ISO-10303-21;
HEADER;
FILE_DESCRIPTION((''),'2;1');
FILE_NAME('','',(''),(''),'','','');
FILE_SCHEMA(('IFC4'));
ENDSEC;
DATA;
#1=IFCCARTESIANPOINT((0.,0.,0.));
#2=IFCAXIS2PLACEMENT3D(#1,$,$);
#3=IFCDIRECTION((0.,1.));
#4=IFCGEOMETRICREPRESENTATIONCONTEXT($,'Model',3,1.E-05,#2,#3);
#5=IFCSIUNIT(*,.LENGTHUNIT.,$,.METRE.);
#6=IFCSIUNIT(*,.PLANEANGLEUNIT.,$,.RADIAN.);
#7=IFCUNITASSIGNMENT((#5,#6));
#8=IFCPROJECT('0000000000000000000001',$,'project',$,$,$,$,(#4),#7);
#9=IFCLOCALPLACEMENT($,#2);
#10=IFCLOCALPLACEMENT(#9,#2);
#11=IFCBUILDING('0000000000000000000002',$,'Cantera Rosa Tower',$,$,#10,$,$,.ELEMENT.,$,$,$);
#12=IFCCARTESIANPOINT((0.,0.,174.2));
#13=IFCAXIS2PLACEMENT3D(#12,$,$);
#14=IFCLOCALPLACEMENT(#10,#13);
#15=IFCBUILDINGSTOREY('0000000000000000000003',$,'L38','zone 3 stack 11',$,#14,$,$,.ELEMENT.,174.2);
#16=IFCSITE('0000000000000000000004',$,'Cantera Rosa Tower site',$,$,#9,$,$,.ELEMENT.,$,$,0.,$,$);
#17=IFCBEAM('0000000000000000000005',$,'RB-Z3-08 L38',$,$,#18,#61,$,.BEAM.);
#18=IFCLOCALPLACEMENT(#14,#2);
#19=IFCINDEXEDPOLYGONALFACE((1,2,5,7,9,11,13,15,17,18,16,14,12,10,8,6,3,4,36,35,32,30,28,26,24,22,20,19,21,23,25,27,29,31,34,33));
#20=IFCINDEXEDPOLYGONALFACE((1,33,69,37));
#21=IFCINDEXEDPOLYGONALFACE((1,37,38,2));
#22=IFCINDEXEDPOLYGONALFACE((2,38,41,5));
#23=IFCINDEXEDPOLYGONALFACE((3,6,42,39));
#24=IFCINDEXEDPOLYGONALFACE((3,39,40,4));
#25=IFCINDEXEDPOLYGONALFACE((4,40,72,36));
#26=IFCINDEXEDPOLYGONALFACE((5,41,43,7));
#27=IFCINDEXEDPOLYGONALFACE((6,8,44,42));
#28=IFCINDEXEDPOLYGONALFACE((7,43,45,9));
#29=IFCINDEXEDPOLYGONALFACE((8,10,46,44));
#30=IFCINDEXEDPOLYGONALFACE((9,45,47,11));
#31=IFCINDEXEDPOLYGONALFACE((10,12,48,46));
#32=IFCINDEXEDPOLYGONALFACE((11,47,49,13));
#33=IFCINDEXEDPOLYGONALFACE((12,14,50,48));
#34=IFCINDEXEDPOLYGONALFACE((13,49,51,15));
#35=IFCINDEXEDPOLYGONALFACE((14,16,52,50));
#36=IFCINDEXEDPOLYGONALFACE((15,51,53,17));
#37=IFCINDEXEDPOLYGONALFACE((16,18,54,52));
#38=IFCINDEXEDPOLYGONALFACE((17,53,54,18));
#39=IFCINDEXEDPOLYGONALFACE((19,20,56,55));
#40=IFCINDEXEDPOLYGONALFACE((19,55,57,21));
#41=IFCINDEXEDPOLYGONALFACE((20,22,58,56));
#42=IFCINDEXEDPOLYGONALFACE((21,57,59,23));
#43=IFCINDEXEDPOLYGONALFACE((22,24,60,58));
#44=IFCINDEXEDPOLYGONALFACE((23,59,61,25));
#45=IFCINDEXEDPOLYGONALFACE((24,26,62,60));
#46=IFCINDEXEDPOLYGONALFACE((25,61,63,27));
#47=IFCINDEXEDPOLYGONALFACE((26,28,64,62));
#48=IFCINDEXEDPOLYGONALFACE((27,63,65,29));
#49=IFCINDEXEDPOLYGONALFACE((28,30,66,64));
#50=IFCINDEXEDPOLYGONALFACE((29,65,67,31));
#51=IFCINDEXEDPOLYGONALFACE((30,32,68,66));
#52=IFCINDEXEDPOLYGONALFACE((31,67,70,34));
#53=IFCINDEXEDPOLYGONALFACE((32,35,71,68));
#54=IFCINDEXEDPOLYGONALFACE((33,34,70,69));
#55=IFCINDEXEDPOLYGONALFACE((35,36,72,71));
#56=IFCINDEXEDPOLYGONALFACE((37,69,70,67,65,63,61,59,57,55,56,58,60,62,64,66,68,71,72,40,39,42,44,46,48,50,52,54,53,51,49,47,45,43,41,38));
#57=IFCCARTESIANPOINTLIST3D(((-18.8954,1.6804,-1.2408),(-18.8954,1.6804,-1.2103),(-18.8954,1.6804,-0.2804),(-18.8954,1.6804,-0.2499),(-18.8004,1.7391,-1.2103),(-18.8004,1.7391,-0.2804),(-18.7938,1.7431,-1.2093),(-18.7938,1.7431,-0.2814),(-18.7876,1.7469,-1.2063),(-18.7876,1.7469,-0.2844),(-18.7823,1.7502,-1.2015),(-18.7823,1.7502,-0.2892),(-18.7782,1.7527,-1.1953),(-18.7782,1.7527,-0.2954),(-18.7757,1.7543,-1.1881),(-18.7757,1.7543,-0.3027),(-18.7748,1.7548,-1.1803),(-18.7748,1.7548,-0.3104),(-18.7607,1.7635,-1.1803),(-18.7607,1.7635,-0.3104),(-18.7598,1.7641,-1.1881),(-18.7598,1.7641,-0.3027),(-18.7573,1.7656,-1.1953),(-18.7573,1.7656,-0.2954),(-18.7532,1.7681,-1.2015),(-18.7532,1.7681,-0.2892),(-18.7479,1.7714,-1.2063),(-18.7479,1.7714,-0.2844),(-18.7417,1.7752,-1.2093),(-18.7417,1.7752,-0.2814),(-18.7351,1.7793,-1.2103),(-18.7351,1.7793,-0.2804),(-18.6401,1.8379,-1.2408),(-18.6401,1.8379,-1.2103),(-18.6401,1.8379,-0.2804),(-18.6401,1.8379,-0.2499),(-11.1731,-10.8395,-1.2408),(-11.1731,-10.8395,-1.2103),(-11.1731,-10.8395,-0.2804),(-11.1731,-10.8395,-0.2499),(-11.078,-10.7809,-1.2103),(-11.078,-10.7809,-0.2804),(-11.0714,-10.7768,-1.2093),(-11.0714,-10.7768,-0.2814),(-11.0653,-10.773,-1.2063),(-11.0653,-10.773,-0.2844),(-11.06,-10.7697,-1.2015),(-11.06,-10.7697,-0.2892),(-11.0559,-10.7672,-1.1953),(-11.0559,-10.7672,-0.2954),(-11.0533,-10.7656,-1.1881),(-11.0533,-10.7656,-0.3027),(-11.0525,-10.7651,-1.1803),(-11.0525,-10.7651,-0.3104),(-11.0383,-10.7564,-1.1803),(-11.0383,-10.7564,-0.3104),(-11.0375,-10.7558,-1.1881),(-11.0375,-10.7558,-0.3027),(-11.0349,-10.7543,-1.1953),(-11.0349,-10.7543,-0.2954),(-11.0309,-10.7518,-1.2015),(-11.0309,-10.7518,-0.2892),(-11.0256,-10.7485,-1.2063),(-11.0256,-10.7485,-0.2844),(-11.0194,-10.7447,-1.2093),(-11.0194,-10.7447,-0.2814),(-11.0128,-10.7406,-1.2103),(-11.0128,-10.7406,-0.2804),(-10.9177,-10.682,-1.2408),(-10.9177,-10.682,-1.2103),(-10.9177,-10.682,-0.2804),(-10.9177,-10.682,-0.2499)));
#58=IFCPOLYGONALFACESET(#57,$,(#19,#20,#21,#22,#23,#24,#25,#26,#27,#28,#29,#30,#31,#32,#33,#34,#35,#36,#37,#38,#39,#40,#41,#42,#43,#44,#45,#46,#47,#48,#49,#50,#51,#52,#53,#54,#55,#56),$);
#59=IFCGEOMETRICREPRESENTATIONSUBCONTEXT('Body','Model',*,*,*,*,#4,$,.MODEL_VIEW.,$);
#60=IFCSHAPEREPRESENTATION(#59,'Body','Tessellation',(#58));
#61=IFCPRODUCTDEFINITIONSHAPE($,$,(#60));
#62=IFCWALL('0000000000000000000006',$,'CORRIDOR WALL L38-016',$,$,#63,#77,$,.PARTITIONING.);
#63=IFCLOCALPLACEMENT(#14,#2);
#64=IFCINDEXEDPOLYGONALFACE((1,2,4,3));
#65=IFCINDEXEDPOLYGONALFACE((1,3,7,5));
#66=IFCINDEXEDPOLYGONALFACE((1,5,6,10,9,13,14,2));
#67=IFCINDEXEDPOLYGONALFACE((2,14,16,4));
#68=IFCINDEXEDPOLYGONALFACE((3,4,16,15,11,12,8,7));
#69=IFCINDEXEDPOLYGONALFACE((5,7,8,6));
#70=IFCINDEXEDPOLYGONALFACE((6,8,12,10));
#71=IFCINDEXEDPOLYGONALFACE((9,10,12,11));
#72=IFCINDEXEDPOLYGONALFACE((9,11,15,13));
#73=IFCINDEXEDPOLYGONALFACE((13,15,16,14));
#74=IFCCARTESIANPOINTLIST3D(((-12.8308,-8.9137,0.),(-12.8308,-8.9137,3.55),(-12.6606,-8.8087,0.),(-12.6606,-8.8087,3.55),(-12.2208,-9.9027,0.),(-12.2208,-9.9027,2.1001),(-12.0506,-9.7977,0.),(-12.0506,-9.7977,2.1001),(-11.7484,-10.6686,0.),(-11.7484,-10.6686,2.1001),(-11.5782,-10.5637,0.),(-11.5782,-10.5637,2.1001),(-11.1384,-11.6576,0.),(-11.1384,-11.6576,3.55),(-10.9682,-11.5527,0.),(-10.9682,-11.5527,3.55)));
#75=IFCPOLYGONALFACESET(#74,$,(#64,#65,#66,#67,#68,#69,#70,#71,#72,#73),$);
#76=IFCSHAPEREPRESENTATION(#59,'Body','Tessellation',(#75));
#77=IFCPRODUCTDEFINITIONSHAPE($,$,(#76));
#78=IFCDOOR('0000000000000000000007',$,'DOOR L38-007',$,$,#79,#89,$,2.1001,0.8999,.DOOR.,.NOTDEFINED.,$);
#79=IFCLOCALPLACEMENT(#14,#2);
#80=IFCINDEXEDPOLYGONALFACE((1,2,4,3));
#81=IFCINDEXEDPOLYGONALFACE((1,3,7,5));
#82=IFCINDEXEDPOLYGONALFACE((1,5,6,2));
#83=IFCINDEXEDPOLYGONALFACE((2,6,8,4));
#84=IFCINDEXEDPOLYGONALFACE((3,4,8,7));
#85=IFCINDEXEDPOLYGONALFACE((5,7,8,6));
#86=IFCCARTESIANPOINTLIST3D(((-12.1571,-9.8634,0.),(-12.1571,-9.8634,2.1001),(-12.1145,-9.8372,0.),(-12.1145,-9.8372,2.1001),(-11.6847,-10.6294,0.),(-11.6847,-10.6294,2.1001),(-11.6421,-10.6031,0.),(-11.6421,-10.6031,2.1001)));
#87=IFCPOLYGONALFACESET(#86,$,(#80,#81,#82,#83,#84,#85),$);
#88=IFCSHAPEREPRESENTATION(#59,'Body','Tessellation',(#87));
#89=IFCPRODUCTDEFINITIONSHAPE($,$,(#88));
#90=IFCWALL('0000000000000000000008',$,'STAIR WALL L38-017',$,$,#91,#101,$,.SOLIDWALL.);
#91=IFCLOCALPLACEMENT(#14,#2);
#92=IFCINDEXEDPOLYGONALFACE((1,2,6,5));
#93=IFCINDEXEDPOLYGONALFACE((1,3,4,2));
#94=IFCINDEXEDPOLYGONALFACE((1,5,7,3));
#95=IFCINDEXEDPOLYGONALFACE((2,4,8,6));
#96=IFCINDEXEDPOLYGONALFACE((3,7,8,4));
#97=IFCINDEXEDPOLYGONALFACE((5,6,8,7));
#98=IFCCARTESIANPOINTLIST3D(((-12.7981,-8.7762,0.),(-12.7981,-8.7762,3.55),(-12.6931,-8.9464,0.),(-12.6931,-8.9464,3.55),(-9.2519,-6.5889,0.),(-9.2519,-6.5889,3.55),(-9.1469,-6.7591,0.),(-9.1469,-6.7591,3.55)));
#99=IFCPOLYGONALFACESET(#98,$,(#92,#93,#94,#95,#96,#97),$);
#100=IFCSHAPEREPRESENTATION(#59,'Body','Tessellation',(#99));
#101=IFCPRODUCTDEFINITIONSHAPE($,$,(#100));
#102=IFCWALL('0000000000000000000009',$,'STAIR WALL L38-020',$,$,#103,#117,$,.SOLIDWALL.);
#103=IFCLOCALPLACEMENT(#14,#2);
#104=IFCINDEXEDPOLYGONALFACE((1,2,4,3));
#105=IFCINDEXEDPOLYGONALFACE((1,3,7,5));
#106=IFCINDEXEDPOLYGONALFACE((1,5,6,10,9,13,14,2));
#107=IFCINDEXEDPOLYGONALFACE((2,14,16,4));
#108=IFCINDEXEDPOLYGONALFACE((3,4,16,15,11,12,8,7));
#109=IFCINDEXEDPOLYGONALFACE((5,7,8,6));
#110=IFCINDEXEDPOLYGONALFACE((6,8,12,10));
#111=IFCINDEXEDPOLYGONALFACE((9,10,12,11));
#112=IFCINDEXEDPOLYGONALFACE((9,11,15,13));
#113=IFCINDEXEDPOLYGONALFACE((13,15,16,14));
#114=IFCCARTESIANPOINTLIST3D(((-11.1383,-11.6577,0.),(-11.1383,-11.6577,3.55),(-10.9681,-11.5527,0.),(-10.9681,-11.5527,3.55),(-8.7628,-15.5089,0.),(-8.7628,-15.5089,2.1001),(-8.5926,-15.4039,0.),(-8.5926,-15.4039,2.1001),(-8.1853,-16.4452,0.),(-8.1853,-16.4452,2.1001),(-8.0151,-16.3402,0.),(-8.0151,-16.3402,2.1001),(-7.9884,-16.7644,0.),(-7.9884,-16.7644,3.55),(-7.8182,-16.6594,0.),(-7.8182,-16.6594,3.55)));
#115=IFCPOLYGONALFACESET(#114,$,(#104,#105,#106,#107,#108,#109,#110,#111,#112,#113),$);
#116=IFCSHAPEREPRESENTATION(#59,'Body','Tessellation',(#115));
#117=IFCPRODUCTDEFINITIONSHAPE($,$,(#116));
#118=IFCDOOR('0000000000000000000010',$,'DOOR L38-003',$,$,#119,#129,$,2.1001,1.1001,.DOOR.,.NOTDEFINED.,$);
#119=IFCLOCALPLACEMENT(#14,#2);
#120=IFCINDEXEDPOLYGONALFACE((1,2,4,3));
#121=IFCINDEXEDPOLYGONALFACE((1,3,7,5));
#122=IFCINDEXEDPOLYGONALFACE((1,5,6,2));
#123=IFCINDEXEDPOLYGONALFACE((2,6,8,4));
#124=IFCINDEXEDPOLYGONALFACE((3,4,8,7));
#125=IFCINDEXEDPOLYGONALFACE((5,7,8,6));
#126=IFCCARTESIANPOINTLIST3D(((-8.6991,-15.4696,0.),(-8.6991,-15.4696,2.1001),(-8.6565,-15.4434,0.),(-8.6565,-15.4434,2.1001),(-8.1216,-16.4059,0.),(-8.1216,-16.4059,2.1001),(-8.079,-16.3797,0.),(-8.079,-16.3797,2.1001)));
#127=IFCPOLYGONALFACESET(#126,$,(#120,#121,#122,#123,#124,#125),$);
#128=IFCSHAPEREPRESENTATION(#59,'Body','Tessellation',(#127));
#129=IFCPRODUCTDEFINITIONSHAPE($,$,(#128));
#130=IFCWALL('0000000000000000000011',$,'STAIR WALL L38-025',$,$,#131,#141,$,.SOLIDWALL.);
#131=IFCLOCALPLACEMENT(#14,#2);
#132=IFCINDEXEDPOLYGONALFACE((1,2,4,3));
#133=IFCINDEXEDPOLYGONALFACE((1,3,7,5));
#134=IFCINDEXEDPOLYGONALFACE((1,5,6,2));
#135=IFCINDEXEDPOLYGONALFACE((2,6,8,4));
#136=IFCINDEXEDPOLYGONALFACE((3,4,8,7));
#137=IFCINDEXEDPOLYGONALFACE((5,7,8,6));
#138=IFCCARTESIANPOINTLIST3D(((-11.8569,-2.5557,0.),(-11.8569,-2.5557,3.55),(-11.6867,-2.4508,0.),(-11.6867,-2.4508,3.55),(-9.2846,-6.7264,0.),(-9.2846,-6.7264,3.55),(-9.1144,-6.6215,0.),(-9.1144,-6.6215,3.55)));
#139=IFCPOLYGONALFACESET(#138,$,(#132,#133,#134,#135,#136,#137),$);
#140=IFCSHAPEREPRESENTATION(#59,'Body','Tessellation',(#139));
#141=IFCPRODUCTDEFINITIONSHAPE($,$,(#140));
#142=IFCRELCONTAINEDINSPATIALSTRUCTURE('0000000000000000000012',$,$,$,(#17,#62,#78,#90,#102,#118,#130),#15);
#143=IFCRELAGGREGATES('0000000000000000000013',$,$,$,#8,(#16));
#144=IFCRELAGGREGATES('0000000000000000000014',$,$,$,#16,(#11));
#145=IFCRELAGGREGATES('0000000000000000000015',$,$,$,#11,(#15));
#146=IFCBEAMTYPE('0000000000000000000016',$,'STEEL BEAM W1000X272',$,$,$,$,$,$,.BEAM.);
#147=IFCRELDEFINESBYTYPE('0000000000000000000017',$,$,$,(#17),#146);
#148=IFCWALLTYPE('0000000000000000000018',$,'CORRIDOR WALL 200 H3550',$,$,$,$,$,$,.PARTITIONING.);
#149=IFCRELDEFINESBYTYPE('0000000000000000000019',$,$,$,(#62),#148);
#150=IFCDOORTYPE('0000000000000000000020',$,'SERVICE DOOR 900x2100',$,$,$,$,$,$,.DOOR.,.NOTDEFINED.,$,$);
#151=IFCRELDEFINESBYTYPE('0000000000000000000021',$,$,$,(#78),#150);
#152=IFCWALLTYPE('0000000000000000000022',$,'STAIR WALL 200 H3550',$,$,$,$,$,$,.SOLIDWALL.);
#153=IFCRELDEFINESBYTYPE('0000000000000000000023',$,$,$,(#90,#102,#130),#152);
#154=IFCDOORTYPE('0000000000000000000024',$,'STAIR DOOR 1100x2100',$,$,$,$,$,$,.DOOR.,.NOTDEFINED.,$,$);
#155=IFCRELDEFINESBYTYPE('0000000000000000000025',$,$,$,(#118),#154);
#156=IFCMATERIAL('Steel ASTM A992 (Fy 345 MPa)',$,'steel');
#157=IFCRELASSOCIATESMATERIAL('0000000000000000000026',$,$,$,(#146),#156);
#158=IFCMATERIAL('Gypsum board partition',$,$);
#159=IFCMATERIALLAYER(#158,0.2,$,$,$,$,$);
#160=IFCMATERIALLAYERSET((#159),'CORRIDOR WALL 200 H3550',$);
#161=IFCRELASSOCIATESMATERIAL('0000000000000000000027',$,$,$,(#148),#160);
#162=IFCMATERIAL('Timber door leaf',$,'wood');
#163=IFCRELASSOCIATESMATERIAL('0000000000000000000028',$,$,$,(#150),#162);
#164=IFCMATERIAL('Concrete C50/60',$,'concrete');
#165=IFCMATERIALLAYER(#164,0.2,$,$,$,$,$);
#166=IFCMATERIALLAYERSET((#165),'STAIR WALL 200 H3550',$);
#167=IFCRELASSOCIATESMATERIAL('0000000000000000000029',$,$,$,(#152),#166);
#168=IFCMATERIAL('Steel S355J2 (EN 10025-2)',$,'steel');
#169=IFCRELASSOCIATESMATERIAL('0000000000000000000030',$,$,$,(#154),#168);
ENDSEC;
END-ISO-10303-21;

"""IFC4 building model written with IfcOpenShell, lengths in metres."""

from ifc_helpers import new_model, si_unit, direction, frame, frame_2d, origin, origin_2d, place, context, subcontext, project, spatial, rectangle, i_section, extrude, material, layer, layer_set, material_profile, profile_set, type_object, element, fill, save


model = new_model("IFC4")

# Units and contexts
model_context = context("Model", 3, precision=1e-05, world=origin(), true_north=direction((0.0, 1.0)))
body_context = subcontext(model_context, "Body", "Model", "MODEL_VIEW")
ifc_project = project(units=[si_unit("LENGTHUNIT", "METRE"), si_unit("PLANEANGLEUNIT", "RADIAN")], contexts=[model_context])

# Site, building, storey
site_placement = place(None, origin())
site = spatial("IfcSite", under=ifc_project, at=site_placement, Name="Cantera Rosa Tower site", CompositionType="ELEMENT", RefElevation=0.0)
building_placement = place(site_placement, origin())
building = spatial("IfcBuilding", under=site, at=building_placement, Name="Cantera Rosa Tower", CompositionType="ELEMENT")
storey_placement = place(building_placement, frame((0.0, 0.0, 174.2)))
storey = spatial("IfcBuildingStorey", under=building, at=storey_placement, Name="L38", Description="zone 3 stack 11", CompositionType="ELEMENT", Elevation=174.2)

# Beam
ifc_material_1 = material(Name="Steel ASTM A992 (Fy 345 MPa)", Category="steel")
ifc_material_profile = material_profile(ifc_material_1, i_section(OverallWidth=0.3, OverallDepth=0.991, WebThickness=0.0166, FlangeThickness=0.0305, FilletRadius=0.03, at=origin_2d()), Name="W1000X272")
ifc_profile_set = profile_set([ifc_material_profile], Name="Steel ASTM A992 (Fy 345 MPa)")
beam_type = type_object("IfcBeamType", Name="STEEL BEAM W1000X272", PredefinedType="BEAM", material=ifc_profile_set)
beam_placement = place(storey_placement, frame((-11.0454, -10.7607, -0.7454), z_axis=(-0.524974, 0.851118, 0.0), x_axis=(-0.851118, -0.524974, 0.0)))
element("IfcBeam", 1, at=beam_placement, inside=storey, type_object=beam_type, Name="RB-Z3-08 L38", PredefinedType="BEAM", context=body_context, shape_type="SweptSolid", body=[
    extrude(i_section(OverallWidth=0.3, OverallDepth=0.991, WebThickness=0.0166, FlangeThickness=0.0305, FilletRadius=0.03, at=origin_2d()), origin(), (0.0, 0.0, 1.0), 14.71),
])

# Wall, opening, door
ifc_material_2 = material(Name="Gypsum board partition")
ifc_layer_1 = layer(ifc_material_2, 0.2)
ifc_layer_set_1 = layer_set([ifc_layer_1], Name="CORRIDOR WALL 200 H3550")
wall_type_1 = type_object("IfcWallType", Name="CORRIDOR WALL 200 H3550", PredefinedType="PARTITIONING", material=ifc_layer_set_1)
wall_1_placement = place(storey_placement, frame((-12.7456, -8.8613, 0.0), z_axis=(0.0, 0.0, 1.0), x_axis=(0.524959, -0.851127, 0.0)))
wall_1 = element("IfcWall", 2, at=wall_1_placement, inside=storey, type_object=wall_type_1, Name="CORRIDOR WALL L38-016", PredefinedType="PARTITIONING", context=body_context, shape_type="SweptSolid", body=[
    extrude(rectangle(XDim=3.2239, YDim=0.2, at=frame_2d((1.6118, 0.0))), origin(), (0.0, 0.0, 1.0), 3.55),
])
opening_1_placement = place(wall_1_placement, frame((1.1619, 0.0, 0.0)))
opening_1 = element("IfcOpeningElement", 3, at=opening_1_placement, cuts=wall_1, PredefinedType="OPENING", context=body_context, shape_type="SweptSolid", body=[
    extrude(rectangle(XDim=0.8999, YDim=2.1001, at=frame_2d((0.45, 1.05))), frame((0.0, 0.1099, 0.0), z_axis=(0.0, -1.0, 0.0), x_axis=(1.0, 0.0, 0.0)), (0.0, 0.0, 1.0), 0.22),
])
ifc_material_3 = material(Name="Timber door leaf", Category="wood")
door_type_1 = type_object("IfcDoorType", Name="SERVICE DOOR 900x2100", OperationType="NOTDEFINED", PredefinedType="DOOR", material=ifc_material_3)
door_1_placement = place(opening_1_placement, origin())
door_1 = element("IfcDoor", 4, at=door_1_placement, inside=storey, type_object=door_type_1, Name="DOOR L38-007", OperationType="NOTDEFINED", OverallHeight=2.1001, OverallWidth=0.8999, PredefinedType="DOOR", context=body_context, shape_type="SweptSolid", body=[
    extrude(rectangle(XDim=0.8999, YDim=2.1001, at=frame_2d((0.45, 1.05))), frame((0.0, 0.0249, 0.0), z_axis=(0.0, -1.0, 0.0), x_axis=(1.0, 0.0, 0.0)), (0.0, 0.0, 1.0), 0.05),
])
fill(opening_1, door_1)

# Wall
ifc_material_4 = material(Name="Concrete C50/60", Category="concrete")
ifc_layer_2 = layer(ifc_material_4, 0.2)
ifc_layer_set_2 = layer_set([ifc_layer_2], Name="STAIR WALL 200 H3550")
wall_type_2 = type_object("IfcWallType", Name="STAIR WALL 200 H3550", PredefinedType="SOLIDWALL", material=ifc_layer_set_2)
wall_2_placement = place(storey_placement, frame((-12.7456, -8.8613, 0.0), z_axis=(0.0, 0.0, 1.0), x_axis=(0.851121, 0.52497, 0.0)))
element("IfcWall", 5, at=wall_2_placement, inside=storey, type_object=wall_type_2, Name="STAIR WALL L38-017", PredefinedType="SOLIDWALL", context=body_context, shape_type="SweptSolid", body=[
    extrude(rectangle(XDim=4.1665, YDim=0.2, at=frame_2d((2.0833, 0.0))), origin(), (0.0, 0.0, 1.0), 3.55),
])

# Wall, opening, door
wall_3_placement = place(storey_placement, frame((-11.0532, -11.6052, 0.0), z_axis=(0.0, 0.0, 1.0), x_axis=(0.524983, -0.851113, 0.0)))
wall_3 = element("IfcWall", 6, at=wall_3_placement, inside=storey, type_object=wall_type_2, Name="STAIR WALL L38-020", PredefinedType="SOLIDWALL", context=body_context, shape_type="SweptSolid", body=[
    extrude(rectangle(XDim=6.0, YDim=0.2, at=frame_2d((3.0, 0.0))), origin(), (0.0, 0.0, 1.0), 3.55),
])
opening_2_placement = place(wall_3_placement, frame((4.5249, 0.0, 0.0)))
opening_2 = element("IfcOpeningElement", 7, at=opening_2_placement, cuts=wall_3, PredefinedType="OPENING", context=body_context, shape_type="SweptSolid", body=[
    extrude(rectangle(XDim=1.1001, YDim=2.1001, at=frame_2d((0.55, 1.05))), frame((0.0, 0.1099, 0.0), z_axis=(0.0, -1.0, 0.0), x_axis=(1.0, 0.0, 0.0)), (0.0, 0.0, 1.0), 0.22),
])
ifc_material_5 = material(Name="Steel S355J2 (EN 10025-2)", Category="steel")
door_type_2 = type_object("IfcDoorType", Name="STAIR DOOR 1100x2100", OperationType="NOTDEFINED", PredefinedType="DOOR", material=ifc_material_5)
door_2_placement = place(opening_2_placement, origin())
door_2 = element("IfcDoor", 8, at=door_2_placement, inside=storey, type_object=door_type_2, Name="DOOR L38-003", OperationType="NOTDEFINED", OverallHeight=2.1001, OverallWidth=1.1001, PredefinedType="DOOR", context=body_context, shape_type="SweptSolid", body=[
    extrude(rectangle(XDim=1.1001, YDim=2.1001, at=frame_2d((0.55, 1.05))), frame((0.0, 0.0249, 0.0), z_axis=(0.0, -1.0, 0.0), x_axis=(1.0, 0.0, 0.0)), (0.0, 0.0, 1.0), 0.05),
])
fill(opening_2, door_2)

# Wall
wall_4_placement = place(storey_placement, frame((-9.1995, -6.6741, 0.0), z_axis=(0.0, 0.0, 1.0), x_axis=(-0.524942, 0.851138, 0.0)))
element("IfcWall", 9, at=wall_4_placement, inside=storey, type_object=wall_type_2, Name="STAIR WALL L38-025", PredefinedType="SOLIDWALL", context=body_context, shape_type="SweptSolid", body=[
    extrude(rectangle(XDim=4.9001, YDim=0.2, at=frame_2d((2.4502, 0.0))), origin(), (0.0, 0.0, 1.0), 3.55),
])

save(model, "model.ifc")
